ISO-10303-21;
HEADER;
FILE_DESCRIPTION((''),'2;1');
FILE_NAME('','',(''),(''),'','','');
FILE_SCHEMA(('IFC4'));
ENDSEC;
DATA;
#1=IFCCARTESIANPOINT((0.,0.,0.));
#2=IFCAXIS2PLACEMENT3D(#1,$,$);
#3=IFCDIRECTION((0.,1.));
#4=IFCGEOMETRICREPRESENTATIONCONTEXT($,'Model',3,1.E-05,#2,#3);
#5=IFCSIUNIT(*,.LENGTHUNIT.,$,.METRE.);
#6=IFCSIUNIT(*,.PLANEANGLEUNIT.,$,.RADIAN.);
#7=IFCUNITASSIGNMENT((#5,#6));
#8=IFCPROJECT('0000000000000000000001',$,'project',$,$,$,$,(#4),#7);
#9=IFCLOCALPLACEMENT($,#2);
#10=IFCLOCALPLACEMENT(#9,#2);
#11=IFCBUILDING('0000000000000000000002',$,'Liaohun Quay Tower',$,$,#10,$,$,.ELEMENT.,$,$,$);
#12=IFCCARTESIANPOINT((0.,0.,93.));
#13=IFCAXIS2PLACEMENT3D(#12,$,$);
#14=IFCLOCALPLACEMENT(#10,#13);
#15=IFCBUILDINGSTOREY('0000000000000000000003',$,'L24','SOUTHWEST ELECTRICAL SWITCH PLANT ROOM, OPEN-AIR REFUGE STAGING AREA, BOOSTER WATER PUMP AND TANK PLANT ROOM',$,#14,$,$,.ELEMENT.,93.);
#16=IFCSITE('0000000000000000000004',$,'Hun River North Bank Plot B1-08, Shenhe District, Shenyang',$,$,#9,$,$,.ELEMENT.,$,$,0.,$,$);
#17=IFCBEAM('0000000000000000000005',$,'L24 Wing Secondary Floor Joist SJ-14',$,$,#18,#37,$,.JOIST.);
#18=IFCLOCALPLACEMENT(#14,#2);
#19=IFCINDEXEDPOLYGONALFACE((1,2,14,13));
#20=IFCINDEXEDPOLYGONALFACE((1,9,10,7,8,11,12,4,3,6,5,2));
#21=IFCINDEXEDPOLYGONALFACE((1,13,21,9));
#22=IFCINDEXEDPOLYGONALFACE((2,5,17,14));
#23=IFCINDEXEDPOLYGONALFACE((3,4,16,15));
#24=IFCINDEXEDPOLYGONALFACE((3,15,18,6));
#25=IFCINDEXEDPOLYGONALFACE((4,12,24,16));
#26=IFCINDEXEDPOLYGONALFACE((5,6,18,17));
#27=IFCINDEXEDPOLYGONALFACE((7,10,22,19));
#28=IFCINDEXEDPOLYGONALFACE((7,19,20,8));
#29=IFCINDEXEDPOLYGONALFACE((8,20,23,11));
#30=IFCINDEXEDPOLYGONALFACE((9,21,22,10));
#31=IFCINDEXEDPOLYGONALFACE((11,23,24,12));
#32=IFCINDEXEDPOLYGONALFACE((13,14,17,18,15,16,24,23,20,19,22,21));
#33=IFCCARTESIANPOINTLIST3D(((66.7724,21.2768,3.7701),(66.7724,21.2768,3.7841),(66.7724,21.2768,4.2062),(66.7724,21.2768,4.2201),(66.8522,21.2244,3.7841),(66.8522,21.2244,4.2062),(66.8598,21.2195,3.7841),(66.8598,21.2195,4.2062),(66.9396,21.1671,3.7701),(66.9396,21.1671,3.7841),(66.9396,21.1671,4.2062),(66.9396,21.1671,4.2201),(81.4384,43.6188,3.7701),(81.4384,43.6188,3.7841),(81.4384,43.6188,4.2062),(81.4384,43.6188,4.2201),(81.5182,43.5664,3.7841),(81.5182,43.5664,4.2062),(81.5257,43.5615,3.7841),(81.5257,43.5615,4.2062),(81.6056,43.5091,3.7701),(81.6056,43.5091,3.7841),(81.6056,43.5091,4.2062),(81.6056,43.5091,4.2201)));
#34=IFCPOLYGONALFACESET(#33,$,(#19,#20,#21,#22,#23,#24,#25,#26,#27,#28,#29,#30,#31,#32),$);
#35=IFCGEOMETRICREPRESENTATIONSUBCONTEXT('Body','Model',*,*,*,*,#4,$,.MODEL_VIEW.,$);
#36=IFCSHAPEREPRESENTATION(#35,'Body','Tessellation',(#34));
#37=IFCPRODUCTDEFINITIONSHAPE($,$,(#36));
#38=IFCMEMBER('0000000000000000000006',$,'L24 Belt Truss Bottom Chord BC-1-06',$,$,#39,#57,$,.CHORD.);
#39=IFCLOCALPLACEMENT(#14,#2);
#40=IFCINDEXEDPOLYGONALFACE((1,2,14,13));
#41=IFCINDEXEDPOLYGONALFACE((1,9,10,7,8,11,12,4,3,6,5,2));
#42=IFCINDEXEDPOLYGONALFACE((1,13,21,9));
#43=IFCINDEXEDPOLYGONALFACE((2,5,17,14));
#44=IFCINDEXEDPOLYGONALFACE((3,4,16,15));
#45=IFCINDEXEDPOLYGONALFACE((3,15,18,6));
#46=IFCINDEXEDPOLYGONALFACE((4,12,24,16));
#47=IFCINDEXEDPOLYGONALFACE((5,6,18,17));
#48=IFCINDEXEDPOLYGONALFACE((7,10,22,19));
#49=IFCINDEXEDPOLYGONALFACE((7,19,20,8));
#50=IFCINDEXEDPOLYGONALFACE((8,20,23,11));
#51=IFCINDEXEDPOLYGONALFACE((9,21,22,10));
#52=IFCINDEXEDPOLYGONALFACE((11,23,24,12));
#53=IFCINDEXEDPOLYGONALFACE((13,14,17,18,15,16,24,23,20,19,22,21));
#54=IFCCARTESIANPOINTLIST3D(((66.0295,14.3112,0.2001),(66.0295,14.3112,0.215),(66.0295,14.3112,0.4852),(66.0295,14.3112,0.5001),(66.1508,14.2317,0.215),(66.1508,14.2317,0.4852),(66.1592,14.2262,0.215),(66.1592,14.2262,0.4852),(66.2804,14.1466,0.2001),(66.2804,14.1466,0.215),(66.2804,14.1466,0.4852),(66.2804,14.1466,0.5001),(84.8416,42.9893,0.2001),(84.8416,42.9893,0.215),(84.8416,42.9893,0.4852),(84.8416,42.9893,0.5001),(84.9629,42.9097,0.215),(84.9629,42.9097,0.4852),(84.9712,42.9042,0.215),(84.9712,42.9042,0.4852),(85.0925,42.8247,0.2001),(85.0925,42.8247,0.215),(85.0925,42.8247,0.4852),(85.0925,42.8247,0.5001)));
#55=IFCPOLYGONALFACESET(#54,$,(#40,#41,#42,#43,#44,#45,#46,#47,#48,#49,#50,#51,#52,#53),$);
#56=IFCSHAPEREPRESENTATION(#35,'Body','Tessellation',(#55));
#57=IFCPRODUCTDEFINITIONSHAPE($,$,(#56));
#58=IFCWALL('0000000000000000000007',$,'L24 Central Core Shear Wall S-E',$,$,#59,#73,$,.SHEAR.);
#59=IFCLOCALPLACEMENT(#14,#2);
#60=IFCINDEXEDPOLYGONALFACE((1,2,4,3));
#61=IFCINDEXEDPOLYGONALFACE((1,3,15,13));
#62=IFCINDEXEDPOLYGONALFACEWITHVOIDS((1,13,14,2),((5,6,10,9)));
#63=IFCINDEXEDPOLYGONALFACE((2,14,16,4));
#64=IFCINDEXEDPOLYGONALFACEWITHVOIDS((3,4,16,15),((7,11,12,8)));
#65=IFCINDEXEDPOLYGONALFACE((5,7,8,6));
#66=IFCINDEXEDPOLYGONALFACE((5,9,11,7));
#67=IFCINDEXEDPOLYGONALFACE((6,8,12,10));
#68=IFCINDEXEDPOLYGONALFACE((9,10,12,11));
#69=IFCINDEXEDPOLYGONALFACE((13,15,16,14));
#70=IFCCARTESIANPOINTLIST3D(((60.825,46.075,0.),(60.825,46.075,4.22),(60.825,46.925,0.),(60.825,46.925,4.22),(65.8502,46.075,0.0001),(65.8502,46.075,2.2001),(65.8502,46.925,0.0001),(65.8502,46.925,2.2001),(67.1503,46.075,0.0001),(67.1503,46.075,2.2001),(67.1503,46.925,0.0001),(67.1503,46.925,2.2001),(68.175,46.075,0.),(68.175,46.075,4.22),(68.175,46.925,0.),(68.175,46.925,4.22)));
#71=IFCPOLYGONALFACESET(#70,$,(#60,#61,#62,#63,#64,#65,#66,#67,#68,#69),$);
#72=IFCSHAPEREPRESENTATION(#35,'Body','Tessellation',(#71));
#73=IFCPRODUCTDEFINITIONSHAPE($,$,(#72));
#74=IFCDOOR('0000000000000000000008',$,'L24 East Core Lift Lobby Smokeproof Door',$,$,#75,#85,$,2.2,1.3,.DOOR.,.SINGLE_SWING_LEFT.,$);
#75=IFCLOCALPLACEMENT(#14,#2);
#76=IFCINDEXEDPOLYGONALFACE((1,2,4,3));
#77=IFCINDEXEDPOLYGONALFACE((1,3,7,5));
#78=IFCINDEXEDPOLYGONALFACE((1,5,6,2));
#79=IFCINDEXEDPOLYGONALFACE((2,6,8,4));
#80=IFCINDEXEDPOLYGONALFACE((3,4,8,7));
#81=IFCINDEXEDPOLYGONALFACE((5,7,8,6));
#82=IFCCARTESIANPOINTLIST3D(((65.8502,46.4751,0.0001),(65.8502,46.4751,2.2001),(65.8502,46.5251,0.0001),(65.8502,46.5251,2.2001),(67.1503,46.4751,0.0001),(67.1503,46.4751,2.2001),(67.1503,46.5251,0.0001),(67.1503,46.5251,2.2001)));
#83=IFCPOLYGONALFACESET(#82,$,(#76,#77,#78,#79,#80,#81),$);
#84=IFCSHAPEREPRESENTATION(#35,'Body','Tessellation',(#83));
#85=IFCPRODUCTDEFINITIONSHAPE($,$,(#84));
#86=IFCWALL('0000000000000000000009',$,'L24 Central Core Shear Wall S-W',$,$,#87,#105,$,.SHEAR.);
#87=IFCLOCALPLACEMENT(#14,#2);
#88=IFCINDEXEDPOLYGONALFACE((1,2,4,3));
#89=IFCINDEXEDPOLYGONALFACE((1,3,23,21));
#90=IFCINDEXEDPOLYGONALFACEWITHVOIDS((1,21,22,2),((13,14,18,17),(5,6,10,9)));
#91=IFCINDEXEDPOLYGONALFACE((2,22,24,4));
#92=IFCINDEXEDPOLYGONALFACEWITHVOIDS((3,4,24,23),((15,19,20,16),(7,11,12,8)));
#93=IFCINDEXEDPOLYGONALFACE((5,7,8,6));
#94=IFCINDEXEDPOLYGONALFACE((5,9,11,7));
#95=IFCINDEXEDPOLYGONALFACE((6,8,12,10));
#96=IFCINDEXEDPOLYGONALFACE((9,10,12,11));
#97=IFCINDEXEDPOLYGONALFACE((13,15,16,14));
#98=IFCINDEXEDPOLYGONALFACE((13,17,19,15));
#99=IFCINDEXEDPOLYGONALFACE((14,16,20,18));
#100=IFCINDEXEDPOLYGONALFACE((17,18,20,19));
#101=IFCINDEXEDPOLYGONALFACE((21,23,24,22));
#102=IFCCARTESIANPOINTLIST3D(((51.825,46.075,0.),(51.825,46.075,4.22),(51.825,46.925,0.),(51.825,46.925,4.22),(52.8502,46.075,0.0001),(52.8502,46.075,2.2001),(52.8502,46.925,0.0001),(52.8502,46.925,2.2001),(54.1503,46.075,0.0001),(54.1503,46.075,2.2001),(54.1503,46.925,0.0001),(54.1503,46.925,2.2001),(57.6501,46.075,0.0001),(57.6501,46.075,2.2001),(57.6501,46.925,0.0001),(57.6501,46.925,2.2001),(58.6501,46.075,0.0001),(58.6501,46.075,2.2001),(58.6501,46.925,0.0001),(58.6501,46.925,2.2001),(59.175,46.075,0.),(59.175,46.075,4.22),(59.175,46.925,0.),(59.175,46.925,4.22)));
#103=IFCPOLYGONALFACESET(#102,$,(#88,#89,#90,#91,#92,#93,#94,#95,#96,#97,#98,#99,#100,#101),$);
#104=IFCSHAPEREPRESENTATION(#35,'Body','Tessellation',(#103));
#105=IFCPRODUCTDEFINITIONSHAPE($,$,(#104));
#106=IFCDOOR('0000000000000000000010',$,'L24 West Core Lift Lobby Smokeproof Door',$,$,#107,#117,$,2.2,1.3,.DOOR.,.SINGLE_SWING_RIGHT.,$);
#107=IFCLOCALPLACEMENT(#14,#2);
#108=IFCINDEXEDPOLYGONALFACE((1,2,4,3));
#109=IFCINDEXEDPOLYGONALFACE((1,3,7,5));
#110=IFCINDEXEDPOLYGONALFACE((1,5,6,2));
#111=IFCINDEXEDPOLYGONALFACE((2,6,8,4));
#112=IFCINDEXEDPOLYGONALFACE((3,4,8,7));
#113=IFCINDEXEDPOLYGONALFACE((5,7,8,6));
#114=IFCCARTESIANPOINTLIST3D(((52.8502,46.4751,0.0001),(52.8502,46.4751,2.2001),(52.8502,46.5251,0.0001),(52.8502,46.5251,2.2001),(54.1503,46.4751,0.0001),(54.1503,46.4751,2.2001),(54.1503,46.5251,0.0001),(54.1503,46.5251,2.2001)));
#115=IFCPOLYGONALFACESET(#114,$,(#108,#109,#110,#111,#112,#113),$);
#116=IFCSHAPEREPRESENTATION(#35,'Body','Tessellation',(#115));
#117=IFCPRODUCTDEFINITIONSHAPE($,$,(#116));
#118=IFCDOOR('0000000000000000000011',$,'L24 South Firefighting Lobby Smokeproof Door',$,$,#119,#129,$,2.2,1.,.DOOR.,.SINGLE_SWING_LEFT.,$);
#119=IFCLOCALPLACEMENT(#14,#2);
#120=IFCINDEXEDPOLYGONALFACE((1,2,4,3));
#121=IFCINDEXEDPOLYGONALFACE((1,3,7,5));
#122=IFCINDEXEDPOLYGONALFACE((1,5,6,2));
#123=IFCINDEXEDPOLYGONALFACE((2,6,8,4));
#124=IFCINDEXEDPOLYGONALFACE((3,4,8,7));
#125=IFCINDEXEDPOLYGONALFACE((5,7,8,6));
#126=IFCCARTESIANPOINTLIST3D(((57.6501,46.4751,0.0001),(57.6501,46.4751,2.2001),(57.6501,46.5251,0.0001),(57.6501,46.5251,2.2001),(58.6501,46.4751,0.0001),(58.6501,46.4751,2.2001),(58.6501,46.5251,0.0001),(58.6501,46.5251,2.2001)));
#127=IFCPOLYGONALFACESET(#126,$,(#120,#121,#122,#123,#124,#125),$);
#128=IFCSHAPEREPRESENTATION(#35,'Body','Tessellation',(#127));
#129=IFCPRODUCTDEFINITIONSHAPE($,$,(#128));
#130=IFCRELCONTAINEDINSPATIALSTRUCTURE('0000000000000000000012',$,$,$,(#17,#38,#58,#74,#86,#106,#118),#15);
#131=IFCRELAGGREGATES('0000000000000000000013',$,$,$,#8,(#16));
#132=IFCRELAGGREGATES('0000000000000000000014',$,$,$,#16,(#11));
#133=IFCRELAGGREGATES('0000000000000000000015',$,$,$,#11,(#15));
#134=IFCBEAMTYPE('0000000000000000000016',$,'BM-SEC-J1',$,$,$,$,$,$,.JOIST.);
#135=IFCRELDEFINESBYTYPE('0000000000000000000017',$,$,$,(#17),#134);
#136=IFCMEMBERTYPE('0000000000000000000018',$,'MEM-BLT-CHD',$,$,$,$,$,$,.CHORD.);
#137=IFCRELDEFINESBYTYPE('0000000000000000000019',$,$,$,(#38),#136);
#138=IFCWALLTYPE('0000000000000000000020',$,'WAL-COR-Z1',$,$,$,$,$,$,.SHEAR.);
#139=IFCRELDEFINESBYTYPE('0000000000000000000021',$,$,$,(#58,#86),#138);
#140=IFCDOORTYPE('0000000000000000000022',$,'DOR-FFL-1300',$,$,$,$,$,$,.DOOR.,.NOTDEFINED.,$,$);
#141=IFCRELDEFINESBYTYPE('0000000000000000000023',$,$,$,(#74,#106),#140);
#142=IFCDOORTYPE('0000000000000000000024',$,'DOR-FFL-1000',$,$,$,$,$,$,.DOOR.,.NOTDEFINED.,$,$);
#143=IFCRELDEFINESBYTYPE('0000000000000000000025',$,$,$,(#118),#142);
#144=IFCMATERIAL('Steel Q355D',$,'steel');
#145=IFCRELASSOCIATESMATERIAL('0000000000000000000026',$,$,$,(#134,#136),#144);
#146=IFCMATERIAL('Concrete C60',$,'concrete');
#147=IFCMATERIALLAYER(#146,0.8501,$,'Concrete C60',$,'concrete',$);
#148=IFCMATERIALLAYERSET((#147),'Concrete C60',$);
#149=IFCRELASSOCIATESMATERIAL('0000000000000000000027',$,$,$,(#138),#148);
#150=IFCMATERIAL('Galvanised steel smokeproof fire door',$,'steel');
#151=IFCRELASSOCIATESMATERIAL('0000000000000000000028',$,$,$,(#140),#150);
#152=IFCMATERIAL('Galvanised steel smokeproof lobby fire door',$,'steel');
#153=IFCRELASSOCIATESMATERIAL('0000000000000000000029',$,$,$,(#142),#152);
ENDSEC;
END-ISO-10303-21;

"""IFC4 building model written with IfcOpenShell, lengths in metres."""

from ifc_helpers import new_model, si_unit, direction, frame, frame_2d, origin, origin_2d, place, context, subcontext, project, spatial, rectangle, i_section, extrude, source, transform, mapped, material, layer, layer_set, material_profile, profile_set, type_object, element, fill, save


model = new_model("IFC4")

# Units and contexts
model_context = context("Model", 3, precision=1e-05, world=origin(), true_north=direction((0.0, 1.0)))
body_context = subcontext(model_context, "Body", "Model", "MODEL_VIEW")
ifc_project = project(units=[si_unit("LENGTHUNIT", "METRE"), si_unit("PLANEANGLEUNIT", "RADIAN")], contexts=[model_context])

# Site, building, storey
site_placement = place(None, origin())
site = spatial("IfcSite", under=ifc_project, at=site_placement, Name="Hun River North Bank Plot B1-08, Shenhe District, Shenyang", CompositionType="ELEMENT", RefElevation=0.0)
building_placement = place(site_placement, origin())
building = spatial("IfcBuilding", under=site, at=building_placement, Name="Liaohun Quay Tower", CompositionType="ELEMENT")
storey_placement = place(building_placement, frame((0.0, 0.0, 93.0)))
storey = spatial("IfcBuildingStorey", under=building, at=storey_placement, Name="L24", Description="SOUTHWEST ELECTRICAL SWITCH PLANT ROOM, OPEN-AIR REFUGE STAGING AREA, BOOSTER WATER PUMP AND TANK PLANT ROOM", CompositionType="ELEMENT", Elevation=93.0)

# Shared definitions
ifc_material_1 = material(Name="Concrete C60", Category="concrete")

# Beam
ifc_material_2 = material(Name="Steel Q355D", Category="steel")
ifc_material_profile_1 = material_profile(ifc_material_2, i_section(OverallWidth=0.2, OverallDepth=0.45, WebThickness=0.009, FlangeThickness=0.0139, at=origin_2d()), Name="HN450x200x9x14")
ifc_profile_set_1 = profile_set([ifc_material_profile_1], Name="Steel Q355D")
beam_type_1 = type_object("IfcBeamType", Name="BM-SEC-J1", PredefinedType="JOIST", material=ifc_profile_set_1)
shared_shape_1 = source(origin(), body_context, "Body", "SweptSolid", [
    extrude(i_section(OverallWidth=0.2, OverallDepth=0.45, WebThickness=0.009, FlangeThickness=0.0139, at=origin_2d()), origin(), (0.0, 0.0, 1.0), 26.7256),
])
beam_1_placement = place(storey_placement, frame((81.522, 43.564, 3.9951), z_axis=(-0.548762, -0.835978, 0.0), x_axis=(0.835978, -0.548762, 0.0)))
element("IfcBeam", 1, at=beam_1_placement, inside=storey, type_object=beam_type_1, Name="L24 Wing Secondary Floor Joist SJ-14", PredefinedType="JOIST", context=body_context, shape_type="MappedRepresentation", body=[
    mapped(shared_shape_1, transform((0.0, 0.0, 0.0), x_axis=(1.0, 0.0, 0.0), y_axis=(0.0, 1.0, 0.0), z_axis=(0.0, 0.0, 1.0), scale=1.0)),
])

# Member
ifc_material_profile_2 = material_profile(ifc_material_2, i_section(OverallWidth=0.3, OverallDepth=0.3, WebThickness=0.01, FlangeThickness=0.0149, at=origin_2d()), Name="HW300x300x10x15")
ifc_profile_set_2 = profile_set([ifc_material_profile_2], Name="Steel Q355D")
member_type = type_object("IfcMemberType", Name="MEM-BLT-CHD", PredefinedType="CHORD", material=ifc_profile_set_2)
shared_shape_2 = source(origin(), body_context, "Body", "SweptSolid", [
    extrude(i_section(OverallWidth=0.3, OverallDepth=0.3, WebThickness=0.01, FlangeThickness=0.0149, at=origin_2d()), origin(), (0.0, 0.0, 1.0), 34.2976),
])
member_placement = place(storey_placement, frame((84.967, 42.907, 0.3501), z_axis=(-0.548495, -0.836154, 0.0), x_axis=(0.836154, -0.548495, 0.0)))
element("IfcMember", 2, at=member_placement, inside=storey, type_object=member_type, Name="L24 Belt Truss Bottom Chord BC-1-06", PredefinedType="CHORD", context=body_context, shape_type="MappedRepresentation", body=[
    mapped(shared_shape_2, transform((0.0, 0.0, 0.0), x_axis=(1.0, 0.0, 0.0), y_axis=(0.0, 1.0, 0.0), z_axis=(0.0, 0.0, 1.0), scale=1.0)),
])

# Wall, opening, door
ifc_layer_1 = layer(ifc_material_1, 0.8501, Name="Concrete C60", Category="concrete")
ifc_layer_set_1 = layer_set([ifc_layer_1], Name="Concrete C60")
wall_type_1 = type_object("IfcWallType", Name="WAL-COR-Z1", PredefinedType="SHEAR", material=ifc_layer_set_1)
wall_1_placement = place(storey_placement, frame((68.175, 46.5, 0.0), z_axis=(0.0, 0.0, 1.0), x_axis=(-1.0, 0.0, 0.0)))
wall_1 = element("IfcWall", 3, at=wall_1_placement, inside=storey, type_object=wall_type_1, Name="L24 Central Core Shear Wall S-E", PredefinedType="SHEAR", context=body_context, shape_type="SweptSolid", body=[
    extrude(rectangle(XDim=7.3501, YDim=0.8501, at=frame_2d((3.675, 0.0))), origin(), (0.0, 0.0, 1.0), 4.22),
])
shared_shape_3 = source(origin(), body_context, "Body", "SweptSolid", [
    extrude(rectangle(XDim=1.3, YDim=2.2, at=frame_2d((0.6499, 1.1001))), frame((0.0, 0.4351, 0.0), z_axis=(0.0, -1.0, 0.0), x_axis=(1.0, 0.0, 0.0)), (0.0, 0.0, 1.0), 0.8701),
])
opening_1_placement = place(wall_1_placement, frame((1.0249, 0.0, 0.0)))
opening_1 = element("IfcOpeningElement", 4, at=opening_1_placement, cuts=wall_1, PredefinedType="OPENING", context=body_context, shape_type="MappedRepresentation", body=[
    mapped(shared_shape_3, transform((0.0, 0.0, 0.0), x_axis=(1.0, 0.0, 0.0), y_axis=(0.0, 1.0, 0.0), z_axis=(0.0, 0.0, 1.0), scale=1.0)),
])
ifc_material_3 = material(Name="Galvanised steel smokeproof fire door", Category="steel")
door_type_1 = type_object("IfcDoorType", Name="DOR-FFL-1300", OperationType="NOTDEFINED", PredefinedType="DOOR", material=ifc_material_3)
shared_shape_4 = source(origin(), body_context, "Body", "SweptSolid", [
    extrude(rectangle(XDim=1.3, YDim=2.2, at=frame_2d((0.6499, 1.1001))), frame((0.0, 0.0249, 0.0), z_axis=(0.0, -1.0, 0.0), x_axis=(1.0, 0.0, 0.0)), (0.0, 0.0, 1.0), 0.05),
])
door_1_placement = place(opening_1_placement, origin())
door_1 = element("IfcDoor", 5, at=door_1_placement, inside=storey, type_object=door_type_1, Name="L24 East Core Lift Lobby Smokeproof Door", OperationType="SINGLE_SWING_LEFT", OverallHeight=2.2, OverallWidth=1.3, PredefinedType="DOOR", context=body_context, shape_type="MappedRepresentation", body=[
    mapped(shared_shape_4, transform((0.0, 0.0, 0.0), x_axis=(1.0, 0.0, 0.0), y_axis=(0.0, 1.0, 0.0), z_axis=(0.0, 0.0, 1.0), scale=1.0)),
])
fill(opening_1, door_1)

# Wall, openings, doors
wall_2_placement = place(storey_placement, frame((59.175, 46.5, 0.0), z_axis=(0.0, 0.0, 1.0), x_axis=(-1.0, 0.0, 0.0)))
wall_2 = element("IfcWall", 6, at=wall_2_placement, inside=storey, type_object=wall_type_1, Name="L24 Central Core Shear Wall S-W", PredefinedType="SHEAR", context=body_context, shape_type="SweptSolid", body=[
    extrude(rectangle(XDim=7.3501, YDim=0.8501, at=frame_2d((3.675, 0.0))), origin(), (0.0, 0.0, 1.0), 4.22),
])
opening_2_placement = place(wall_2_placement, frame((5.0249, 0.0, 0.0)))
opening_2 = element("IfcOpeningElement", 7, at=opening_2_placement, cuts=wall_2, PredefinedType="OPENING", context=body_context, shape_type="MappedRepresentation", body=[
    mapped(shared_shape_3, transform((0.0, 0.0, 0.0), x_axis=(1.0, 0.0, 0.0), y_axis=(0.0, 1.0, 0.0), z_axis=(0.0, 0.0, 1.0), scale=1.0)),
])
shared_shape_5 = source(origin(), body_context, "Body", "SweptSolid", [
    extrude(rectangle(XDim=1.0, YDim=2.2, at=frame_2d((0.5, 1.1001))), frame((0.0, 0.4351, 0.0), z_axis=(0.0, -1.0, 0.0), x_axis=(1.0, 0.0, 0.0)), (0.0, 0.0, 1.0), 0.8701),
])
opening_3_placement = place(wall_2_placement, frame((0.5249, 0.0, 0.0)))
opening_3 = element("IfcOpeningElement", 8, at=opening_3_placement, cuts=wall_2, PredefinedType="OPENING", context=body_context, shape_type="MappedRepresentation", body=[
    mapped(shared_shape_5, transform((0.0, 0.0, 0.0), x_axis=(1.0, 0.0, 0.0), y_axis=(0.0, 1.0, 0.0), z_axis=(0.0, 0.0, 1.0), scale=1.0)),
])
door_2_placement = place(opening_2_placement, origin())
door_2 = element("IfcDoor", 9, at=door_2_placement, inside=storey, type_object=door_type_1, Name="L24 West Core Lift Lobby Smokeproof Door", OperationType="SINGLE_SWING_RIGHT", OverallHeight=2.2, OverallWidth=1.3, PredefinedType="DOOR", context=body_context, shape_type="MappedRepresentation", body=[
    mapped(shared_shape_4, transform((0.0, 0.0, 0.0), x_axis=(1.0, 0.0, 0.0), y_axis=(0.0, 1.0, 0.0), z_axis=(0.0, 0.0, 1.0), scale=1.0)),
])
fill(opening_2, door_2)
ifc_material_4 = material(Name="Galvanised steel smokeproof lobby fire door", Category="steel")
door_type_2 = type_object("IfcDoorType", Name="DOR-FFL-1000", OperationType="NOTDEFINED", PredefinedType="DOOR", material=ifc_material_4)
shared_shape_6 = source(origin(), body_context, "Body", "SweptSolid", [
    extrude(rectangle(XDim=1.0, YDim=2.2, at=frame_2d((0.5, 1.1001))), frame((0.0, 0.0249, 0.0), z_axis=(0.0, -1.0, 0.0), x_axis=(1.0, 0.0, 0.0)), (0.0, 0.0, 1.0), 0.05),
])
door_3_placement = place(opening_3_placement, origin())
door_3 = element("IfcDoor", 10, at=door_3_placement, inside=storey, type_object=door_type_2, Name="L24 South Firefighting Lobby Smokeproof Door", OperationType="SINGLE_SWING_LEFT", OverallHeight=2.2, OverallWidth=1.0, PredefinedType="DOOR", context=body_context, shape_type="MappedRepresentation", body=[
    mapped(shared_shape_6, transform((0.0, 0.0, 0.0), x_axis=(1.0, 0.0, 0.0), y_axis=(0.0, 1.0, 0.0), z_axis=(0.0, 0.0, 1.0), scale=1.0)),
])
fill(opening_3, door_3)

save(model, "model.ifc")
